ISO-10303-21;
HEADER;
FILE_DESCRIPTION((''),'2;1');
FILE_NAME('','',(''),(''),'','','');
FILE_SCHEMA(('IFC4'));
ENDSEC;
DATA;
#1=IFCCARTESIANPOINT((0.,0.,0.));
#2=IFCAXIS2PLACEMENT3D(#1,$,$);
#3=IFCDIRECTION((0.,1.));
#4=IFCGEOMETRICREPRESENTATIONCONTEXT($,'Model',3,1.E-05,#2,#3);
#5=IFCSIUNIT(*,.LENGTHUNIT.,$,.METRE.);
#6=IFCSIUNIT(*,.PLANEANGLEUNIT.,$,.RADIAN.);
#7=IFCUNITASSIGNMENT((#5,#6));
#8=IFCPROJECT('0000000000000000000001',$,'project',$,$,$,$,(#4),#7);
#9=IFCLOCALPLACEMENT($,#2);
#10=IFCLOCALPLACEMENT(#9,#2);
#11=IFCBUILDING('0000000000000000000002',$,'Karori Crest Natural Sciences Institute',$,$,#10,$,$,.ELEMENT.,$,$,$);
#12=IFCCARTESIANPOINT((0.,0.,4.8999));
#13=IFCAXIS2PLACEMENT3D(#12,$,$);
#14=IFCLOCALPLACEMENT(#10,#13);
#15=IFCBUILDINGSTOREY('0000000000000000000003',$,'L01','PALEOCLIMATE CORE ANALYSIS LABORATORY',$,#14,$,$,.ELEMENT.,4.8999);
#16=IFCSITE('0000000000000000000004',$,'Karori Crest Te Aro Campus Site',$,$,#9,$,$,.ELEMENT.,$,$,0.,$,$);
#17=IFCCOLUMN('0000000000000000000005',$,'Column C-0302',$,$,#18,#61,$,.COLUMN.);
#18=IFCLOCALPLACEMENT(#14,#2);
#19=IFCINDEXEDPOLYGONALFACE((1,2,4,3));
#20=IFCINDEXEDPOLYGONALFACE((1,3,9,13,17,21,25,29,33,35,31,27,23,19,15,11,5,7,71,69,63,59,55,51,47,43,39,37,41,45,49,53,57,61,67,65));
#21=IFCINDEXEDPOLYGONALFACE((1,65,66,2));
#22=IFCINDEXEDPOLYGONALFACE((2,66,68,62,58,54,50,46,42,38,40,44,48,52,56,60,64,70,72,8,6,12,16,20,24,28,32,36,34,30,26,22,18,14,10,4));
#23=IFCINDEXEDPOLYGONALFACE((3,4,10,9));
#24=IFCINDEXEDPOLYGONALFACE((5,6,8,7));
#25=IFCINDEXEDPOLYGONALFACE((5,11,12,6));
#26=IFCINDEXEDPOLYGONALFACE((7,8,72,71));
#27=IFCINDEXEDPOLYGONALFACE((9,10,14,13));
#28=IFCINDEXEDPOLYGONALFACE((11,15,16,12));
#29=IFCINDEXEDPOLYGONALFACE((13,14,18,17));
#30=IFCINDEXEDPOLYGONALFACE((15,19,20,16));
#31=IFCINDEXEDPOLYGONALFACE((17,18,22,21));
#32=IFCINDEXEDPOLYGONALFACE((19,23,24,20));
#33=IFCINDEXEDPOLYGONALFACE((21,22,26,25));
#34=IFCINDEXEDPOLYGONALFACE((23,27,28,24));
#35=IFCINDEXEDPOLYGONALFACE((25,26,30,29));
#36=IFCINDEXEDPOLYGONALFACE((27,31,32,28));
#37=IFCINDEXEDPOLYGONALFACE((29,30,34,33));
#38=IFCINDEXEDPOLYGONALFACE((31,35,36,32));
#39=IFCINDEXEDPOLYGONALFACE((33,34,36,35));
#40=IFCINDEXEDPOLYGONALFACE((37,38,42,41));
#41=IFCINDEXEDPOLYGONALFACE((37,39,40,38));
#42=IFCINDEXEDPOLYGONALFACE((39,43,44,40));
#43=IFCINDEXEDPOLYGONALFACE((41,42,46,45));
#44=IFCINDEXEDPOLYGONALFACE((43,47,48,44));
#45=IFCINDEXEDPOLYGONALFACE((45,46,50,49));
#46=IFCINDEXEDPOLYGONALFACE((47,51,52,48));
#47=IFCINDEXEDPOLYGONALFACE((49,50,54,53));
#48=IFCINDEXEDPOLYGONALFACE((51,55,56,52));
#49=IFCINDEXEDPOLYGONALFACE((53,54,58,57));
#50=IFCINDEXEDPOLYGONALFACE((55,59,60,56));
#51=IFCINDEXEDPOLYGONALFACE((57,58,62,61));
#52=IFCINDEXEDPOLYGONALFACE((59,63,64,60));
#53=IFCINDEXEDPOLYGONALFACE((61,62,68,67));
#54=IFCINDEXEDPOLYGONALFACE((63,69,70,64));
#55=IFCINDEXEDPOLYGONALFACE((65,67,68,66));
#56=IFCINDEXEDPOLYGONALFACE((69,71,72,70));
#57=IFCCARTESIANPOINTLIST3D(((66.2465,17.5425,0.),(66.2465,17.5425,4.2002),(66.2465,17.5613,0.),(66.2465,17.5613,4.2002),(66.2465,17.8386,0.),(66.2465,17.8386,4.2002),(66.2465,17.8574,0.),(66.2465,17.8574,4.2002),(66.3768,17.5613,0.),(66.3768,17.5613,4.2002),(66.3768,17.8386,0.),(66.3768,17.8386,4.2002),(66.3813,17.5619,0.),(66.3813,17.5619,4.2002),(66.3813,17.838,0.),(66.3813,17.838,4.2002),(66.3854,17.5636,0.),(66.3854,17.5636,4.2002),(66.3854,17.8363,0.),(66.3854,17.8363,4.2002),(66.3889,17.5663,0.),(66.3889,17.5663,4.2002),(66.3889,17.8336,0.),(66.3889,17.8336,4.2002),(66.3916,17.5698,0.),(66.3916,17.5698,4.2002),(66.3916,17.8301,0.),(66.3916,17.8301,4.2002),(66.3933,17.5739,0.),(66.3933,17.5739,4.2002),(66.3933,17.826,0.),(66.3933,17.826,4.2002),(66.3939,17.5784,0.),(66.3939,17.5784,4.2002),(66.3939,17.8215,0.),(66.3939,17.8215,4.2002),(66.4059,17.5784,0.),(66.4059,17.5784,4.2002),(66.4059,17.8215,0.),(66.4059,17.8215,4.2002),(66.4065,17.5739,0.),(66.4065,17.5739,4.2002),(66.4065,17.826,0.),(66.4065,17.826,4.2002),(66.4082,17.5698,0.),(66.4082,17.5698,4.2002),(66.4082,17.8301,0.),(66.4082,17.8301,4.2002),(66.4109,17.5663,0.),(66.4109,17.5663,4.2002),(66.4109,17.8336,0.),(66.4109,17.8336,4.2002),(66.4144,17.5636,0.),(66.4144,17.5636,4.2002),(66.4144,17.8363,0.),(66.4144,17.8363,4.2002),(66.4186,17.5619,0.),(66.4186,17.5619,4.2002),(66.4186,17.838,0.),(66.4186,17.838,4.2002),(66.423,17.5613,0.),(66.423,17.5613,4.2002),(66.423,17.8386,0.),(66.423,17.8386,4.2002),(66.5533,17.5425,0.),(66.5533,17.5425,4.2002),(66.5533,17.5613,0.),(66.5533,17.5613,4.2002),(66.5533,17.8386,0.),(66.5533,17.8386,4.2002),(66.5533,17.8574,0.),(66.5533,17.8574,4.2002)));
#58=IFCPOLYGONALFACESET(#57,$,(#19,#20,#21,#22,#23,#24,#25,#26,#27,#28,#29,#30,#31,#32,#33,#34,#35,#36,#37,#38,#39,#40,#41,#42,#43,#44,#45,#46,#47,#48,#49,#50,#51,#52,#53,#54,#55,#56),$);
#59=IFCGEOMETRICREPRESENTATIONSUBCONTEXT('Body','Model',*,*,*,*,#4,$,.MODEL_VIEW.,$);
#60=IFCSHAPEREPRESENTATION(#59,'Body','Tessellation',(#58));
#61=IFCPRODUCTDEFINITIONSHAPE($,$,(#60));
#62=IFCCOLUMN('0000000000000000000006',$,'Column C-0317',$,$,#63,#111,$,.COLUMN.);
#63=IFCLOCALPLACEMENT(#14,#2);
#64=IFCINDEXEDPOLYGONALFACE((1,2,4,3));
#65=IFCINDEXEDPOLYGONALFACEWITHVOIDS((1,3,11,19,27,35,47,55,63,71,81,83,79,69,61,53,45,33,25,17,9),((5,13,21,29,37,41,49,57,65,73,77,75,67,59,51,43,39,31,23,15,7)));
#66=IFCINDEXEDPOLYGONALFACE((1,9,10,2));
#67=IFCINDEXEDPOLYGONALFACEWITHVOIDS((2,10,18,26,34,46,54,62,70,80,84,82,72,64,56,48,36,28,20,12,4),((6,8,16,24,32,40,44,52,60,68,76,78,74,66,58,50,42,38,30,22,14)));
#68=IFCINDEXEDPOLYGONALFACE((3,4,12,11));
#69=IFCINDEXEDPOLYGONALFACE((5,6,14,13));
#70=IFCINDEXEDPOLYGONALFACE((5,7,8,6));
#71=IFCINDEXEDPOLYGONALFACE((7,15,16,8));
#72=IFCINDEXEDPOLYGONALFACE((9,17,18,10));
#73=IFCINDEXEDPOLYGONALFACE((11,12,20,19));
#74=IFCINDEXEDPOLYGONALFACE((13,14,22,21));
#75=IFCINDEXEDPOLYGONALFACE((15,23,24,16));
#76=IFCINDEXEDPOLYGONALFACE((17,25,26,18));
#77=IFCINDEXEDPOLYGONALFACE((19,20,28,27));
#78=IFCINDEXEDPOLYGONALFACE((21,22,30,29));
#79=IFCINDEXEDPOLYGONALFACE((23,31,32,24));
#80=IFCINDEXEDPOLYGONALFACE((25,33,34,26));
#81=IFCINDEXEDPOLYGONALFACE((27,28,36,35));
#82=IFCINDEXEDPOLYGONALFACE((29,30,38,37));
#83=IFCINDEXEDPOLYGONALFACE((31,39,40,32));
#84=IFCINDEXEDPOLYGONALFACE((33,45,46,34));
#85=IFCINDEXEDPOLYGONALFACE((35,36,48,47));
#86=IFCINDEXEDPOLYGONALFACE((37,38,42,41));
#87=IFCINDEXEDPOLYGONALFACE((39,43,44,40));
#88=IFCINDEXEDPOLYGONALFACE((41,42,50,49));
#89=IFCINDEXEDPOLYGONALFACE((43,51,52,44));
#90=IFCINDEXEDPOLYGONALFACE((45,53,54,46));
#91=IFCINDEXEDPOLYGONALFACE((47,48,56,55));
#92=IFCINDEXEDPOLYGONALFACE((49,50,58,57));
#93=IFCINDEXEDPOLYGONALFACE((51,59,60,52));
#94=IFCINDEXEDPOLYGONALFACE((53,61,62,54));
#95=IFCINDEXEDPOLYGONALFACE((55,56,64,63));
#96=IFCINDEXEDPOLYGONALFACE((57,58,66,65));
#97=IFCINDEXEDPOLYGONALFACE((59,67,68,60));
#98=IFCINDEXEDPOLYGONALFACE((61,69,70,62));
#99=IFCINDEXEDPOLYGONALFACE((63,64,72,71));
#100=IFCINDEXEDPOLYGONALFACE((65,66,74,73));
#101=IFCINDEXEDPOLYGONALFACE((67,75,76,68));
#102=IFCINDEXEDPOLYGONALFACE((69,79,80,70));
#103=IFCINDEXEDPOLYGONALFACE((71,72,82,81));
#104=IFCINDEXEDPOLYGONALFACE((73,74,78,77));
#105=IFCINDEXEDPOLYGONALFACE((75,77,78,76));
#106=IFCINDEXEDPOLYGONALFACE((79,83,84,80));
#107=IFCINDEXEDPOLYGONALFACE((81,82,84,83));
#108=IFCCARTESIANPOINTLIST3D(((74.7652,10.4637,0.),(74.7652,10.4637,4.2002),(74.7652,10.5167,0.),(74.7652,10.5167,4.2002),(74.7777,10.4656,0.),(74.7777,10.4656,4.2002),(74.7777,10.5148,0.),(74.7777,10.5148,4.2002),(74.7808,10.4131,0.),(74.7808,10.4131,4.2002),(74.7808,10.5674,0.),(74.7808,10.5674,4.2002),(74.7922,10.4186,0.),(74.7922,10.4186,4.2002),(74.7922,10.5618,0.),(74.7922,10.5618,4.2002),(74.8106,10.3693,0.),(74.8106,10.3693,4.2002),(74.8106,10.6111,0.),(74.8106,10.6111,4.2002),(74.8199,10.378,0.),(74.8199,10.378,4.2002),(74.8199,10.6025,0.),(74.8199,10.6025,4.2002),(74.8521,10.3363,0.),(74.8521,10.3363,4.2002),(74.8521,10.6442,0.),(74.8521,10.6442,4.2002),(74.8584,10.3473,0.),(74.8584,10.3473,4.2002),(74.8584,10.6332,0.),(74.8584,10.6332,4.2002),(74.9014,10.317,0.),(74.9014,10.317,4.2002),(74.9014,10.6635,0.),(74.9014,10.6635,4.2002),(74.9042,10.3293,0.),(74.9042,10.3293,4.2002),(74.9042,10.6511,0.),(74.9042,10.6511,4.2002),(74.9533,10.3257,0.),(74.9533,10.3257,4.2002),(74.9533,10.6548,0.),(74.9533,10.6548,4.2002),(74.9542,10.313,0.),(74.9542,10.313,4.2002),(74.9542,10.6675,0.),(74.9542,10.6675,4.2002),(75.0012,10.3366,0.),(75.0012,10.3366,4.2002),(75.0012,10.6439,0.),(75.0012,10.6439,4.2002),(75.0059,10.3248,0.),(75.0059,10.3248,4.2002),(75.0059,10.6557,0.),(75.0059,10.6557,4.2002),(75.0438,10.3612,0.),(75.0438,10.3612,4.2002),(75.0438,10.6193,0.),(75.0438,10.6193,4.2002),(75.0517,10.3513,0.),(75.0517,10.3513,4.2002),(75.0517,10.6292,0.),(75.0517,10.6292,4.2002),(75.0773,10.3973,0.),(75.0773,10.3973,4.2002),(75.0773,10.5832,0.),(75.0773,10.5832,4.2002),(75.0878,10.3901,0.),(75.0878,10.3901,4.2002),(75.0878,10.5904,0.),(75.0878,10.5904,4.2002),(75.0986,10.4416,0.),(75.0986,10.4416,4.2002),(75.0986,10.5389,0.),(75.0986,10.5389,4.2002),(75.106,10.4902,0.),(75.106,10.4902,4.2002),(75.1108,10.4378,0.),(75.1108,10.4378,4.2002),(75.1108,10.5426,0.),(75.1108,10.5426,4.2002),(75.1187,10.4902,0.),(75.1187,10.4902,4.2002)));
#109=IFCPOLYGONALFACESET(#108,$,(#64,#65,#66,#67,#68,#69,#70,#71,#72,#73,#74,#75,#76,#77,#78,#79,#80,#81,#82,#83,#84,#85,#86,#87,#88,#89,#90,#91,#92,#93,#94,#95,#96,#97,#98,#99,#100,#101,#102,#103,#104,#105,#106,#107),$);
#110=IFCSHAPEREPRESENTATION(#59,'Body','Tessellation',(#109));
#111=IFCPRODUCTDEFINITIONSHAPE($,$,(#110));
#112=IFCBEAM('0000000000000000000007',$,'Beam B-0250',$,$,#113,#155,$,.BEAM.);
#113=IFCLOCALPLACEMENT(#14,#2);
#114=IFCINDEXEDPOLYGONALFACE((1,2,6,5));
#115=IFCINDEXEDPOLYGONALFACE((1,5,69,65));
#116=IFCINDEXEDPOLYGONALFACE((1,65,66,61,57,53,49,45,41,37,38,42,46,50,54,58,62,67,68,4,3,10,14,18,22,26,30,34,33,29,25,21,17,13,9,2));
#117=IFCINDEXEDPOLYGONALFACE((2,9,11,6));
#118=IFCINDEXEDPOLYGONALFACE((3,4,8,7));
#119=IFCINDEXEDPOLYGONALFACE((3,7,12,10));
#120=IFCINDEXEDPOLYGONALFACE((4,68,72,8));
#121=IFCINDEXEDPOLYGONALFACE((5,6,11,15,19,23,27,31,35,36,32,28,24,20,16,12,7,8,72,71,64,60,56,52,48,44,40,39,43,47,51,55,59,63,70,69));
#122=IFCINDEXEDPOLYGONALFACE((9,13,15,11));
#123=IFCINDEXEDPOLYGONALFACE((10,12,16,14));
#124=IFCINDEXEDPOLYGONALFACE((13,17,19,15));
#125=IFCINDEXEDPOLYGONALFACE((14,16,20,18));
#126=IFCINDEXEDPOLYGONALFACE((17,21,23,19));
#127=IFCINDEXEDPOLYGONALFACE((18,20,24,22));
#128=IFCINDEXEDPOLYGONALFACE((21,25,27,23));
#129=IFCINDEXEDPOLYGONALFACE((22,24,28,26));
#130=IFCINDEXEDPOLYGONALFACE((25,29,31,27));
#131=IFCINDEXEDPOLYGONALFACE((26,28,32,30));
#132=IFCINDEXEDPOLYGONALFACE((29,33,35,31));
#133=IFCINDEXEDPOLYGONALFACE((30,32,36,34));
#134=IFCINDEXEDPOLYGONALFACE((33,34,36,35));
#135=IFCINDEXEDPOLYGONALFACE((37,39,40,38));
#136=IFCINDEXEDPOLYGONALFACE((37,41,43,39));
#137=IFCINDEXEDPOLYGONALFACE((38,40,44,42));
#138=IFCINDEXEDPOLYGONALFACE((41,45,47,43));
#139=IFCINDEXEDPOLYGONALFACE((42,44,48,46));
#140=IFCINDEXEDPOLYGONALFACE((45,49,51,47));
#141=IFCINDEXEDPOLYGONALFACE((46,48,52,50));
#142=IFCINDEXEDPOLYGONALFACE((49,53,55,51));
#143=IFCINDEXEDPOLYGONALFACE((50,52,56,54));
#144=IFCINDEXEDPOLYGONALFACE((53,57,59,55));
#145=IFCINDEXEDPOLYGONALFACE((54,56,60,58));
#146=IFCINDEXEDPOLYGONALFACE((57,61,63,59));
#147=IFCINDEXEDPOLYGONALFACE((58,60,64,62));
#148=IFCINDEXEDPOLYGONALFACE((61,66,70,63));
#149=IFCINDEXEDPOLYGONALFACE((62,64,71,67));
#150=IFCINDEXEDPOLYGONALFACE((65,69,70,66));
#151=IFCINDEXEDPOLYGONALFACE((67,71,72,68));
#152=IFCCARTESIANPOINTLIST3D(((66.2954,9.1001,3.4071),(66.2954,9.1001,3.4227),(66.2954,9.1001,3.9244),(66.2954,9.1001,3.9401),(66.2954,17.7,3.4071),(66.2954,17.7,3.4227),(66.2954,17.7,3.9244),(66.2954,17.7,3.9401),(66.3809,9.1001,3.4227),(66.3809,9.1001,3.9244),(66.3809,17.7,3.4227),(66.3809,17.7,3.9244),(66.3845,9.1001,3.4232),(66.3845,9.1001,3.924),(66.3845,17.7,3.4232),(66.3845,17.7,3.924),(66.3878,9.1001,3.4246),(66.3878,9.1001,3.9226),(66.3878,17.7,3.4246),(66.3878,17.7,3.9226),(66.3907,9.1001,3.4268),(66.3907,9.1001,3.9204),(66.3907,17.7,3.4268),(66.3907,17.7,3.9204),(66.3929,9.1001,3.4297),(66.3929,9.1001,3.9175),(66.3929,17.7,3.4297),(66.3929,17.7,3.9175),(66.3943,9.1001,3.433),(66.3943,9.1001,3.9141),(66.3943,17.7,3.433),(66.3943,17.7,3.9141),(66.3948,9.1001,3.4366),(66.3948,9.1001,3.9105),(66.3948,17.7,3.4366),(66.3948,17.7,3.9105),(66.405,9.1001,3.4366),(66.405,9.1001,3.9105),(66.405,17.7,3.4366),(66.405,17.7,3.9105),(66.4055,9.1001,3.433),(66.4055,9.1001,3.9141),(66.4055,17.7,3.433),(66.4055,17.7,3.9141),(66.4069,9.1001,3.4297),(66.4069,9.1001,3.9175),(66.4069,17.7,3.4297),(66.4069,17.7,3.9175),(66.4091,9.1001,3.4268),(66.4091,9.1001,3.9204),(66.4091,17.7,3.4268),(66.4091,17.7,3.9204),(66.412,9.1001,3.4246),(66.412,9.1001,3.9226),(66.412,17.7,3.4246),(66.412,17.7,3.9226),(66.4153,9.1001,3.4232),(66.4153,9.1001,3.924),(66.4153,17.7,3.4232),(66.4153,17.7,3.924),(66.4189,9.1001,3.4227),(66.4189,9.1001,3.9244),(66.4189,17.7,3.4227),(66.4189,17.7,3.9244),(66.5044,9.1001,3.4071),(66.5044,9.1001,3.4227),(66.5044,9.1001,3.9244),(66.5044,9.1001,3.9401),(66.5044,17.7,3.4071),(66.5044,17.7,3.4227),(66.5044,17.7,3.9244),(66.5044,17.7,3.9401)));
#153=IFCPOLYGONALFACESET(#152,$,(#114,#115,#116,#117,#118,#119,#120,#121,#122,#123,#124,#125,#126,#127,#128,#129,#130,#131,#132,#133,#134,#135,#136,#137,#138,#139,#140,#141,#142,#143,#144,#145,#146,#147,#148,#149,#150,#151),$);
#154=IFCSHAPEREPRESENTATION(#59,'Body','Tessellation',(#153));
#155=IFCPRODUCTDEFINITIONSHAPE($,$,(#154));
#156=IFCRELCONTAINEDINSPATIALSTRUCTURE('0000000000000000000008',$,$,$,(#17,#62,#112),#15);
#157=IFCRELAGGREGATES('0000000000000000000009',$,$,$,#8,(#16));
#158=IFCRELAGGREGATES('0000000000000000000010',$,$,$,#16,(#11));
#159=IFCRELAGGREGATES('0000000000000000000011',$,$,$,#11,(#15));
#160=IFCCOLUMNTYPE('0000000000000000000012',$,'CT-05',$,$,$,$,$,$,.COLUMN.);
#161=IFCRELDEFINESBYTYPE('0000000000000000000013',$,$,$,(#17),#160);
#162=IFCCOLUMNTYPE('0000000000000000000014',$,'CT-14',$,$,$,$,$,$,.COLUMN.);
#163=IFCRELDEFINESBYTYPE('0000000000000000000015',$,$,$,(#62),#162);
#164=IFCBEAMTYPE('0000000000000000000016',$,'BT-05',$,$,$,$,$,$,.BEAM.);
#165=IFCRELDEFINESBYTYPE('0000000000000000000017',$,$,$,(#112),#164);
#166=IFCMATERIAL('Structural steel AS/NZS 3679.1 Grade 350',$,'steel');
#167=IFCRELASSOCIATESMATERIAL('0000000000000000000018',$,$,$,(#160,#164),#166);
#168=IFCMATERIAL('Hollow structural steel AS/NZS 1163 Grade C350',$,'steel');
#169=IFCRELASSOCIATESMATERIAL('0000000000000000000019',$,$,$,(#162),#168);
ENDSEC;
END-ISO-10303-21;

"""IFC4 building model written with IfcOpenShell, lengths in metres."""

from ifc_helpers import new_model, si_unit, direction, frame, origin, origin_2d, place, context, subcontext, project, spatial, hollow_circle, i_section, extrude, material, material_profile, profile_set, type_object, element, save


model = new_model("IFC4")

# Units and contexts
model_context = context("Model", 3, precision=1e-05, world=origin(), true_north=direction((0.0, 1.0)))
body_context = subcontext(model_context, "Body", "Model", "MODEL_VIEW")
ifc_project = project(units=[si_unit("LENGTHUNIT", "METRE"), si_unit("PLANEANGLEUNIT", "RADIAN")], contexts=[model_context])

# Site, building, storey
site_placement = place(None, origin())
site = spatial("IfcSite", under=ifc_project, at=site_placement, Name="Karori Crest Te Aro Campus Site", CompositionType="ELEMENT", RefElevation=0.0)
building_placement = place(site_placement, origin())
building = spatial("IfcBuilding", under=site, at=building_placement, Name="Karori Crest Natural Sciences Institute", CompositionType="ELEMENT")
storey_placement = place(building_placement, frame((0.0, 0.0, 4.8999)))
storey = spatial("IfcBuildingStorey", under=building, at=storey_placement, Name="L01", Description="PALEOCLIMATE CORE ANALYSIS LABORATORY", CompositionType="ELEMENT", Elevation=4.8999)

# Columns
ifc_material_1 = material(Name="Structural steel AS/NZS 3679.1 Grade 350", Category="steel")
ifc_material_profile_1 = material_profile(ifc_material_1, i_section(OverallWidth=0.3069, OverallDepth=0.3149, WebThickness=0.012, FlangeThickness=0.0188, FilletRadius=0.0171, at=origin_2d()), Name="310UC118")
ifc_profile_set_1 = profile_set([ifc_material_profile_1], Name="Structural steel AS/NZS 3679.1 Grade 350")
column_type_1 = type_object("IfcColumnType", Name="CT-05", PredefinedType="COLUMN", material=ifc_profile_set_1)
column_1_placement = place(storey_placement, frame((66.3999, 17.7, 0.0), z_axis=(0.0, 0.0, 1.0), x_axis=(1.0, 0.0, 0.0)))
element("IfcColumn", 1, at=column_1_placement, inside=storey, type_object=column_type_1, Name="Column C-0302", PredefinedType="COLUMN", context=body_context, shape_type="SweptSolid", body=[
    extrude(i_section(OverallWidth=0.3069, OverallDepth=0.3149, WebThickness=0.012, FlangeThickness=0.0188, FilletRadius=0.0171, at=origin_2d()), origin(), (0.0, 0.0, 1.0), 4.2002),
])
ifc_material_2 = material(Name="Hollow structural steel AS/NZS 1163 Grade C350", Category="steel")
ifc_material_profile_2 = material_profile(ifc_material_2, hollow_circle(Radius=0.1777, WallThickness=0.0127, at=origin_2d()), Name="CHS355.6x12.7")
ifc_profile_set_2 = profile_set([ifc_material_profile_2], Name="Hollow structural steel AS/NZS 1163 Grade C350")
column_type_2 = type_object("IfcColumnType", Name="CT-14", PredefinedType="COLUMN", material=ifc_profile_set_2)
column_2_placement = place(storey_placement, frame((74.9409, 10.4902, 0.0), z_axis=(0.0, 0.0, 1.0), x_axis=(1.0, 0.0, 0.0)))
element("IfcColumn", 2, at=column_2_placement, inside=storey, type_object=column_type_2, Name="Column C-0317", PredefinedType="COLUMN", context=body_context, shape_type="SweptSolid", body=[
    extrude(hollow_circle(Radius=0.1777, WallThickness=0.0127, at=origin_2d()), origin(), (0.0, 0.0, 1.0), 4.2002),
])

# Beam
ifc_material_profile_3 = material_profile(ifc_material_1, i_section(OverallWidth=0.209, OverallDepth=0.533, WebThickness=0.0103, FlangeThickness=0.0156, FilletRadius=0.0139, at=origin_2d()), Name="530UB92.4")
ifc_profile_set_3 = profile_set([ifc_material_profile_3], Name="Structural steel AS/NZS 3679.1 Grade 350")
beam_type_1 = type_object("IfcBeamType", Name="BT-05", PredefinedType="BEAM", material=ifc_profile_set_3)
beam_1_placement = place(storey_placement, frame((66.3999, 17.7, 3.6736), z_axis=(0.0, -1.0, 0.0), x_axis=(1.0, 0.0, 0.0)))
element("IfcBeam", 3, at=beam_1_placement, inside=storey, type_object=beam_type_1, Name="Beam B-0250", PredefinedType="BEAM", context=body_context, shape_type="SweptSolid", body=[
    extrude(i_section(OverallWidth=0.209, OverallDepth=0.533, WebThickness=0.0103, FlangeThickness=0.0156, FilletRadius=0.0139, at=origin_2d()), origin(), (0.0, 0.0, 1.0), 8.5999),
])

save(model, "model.ifc")
